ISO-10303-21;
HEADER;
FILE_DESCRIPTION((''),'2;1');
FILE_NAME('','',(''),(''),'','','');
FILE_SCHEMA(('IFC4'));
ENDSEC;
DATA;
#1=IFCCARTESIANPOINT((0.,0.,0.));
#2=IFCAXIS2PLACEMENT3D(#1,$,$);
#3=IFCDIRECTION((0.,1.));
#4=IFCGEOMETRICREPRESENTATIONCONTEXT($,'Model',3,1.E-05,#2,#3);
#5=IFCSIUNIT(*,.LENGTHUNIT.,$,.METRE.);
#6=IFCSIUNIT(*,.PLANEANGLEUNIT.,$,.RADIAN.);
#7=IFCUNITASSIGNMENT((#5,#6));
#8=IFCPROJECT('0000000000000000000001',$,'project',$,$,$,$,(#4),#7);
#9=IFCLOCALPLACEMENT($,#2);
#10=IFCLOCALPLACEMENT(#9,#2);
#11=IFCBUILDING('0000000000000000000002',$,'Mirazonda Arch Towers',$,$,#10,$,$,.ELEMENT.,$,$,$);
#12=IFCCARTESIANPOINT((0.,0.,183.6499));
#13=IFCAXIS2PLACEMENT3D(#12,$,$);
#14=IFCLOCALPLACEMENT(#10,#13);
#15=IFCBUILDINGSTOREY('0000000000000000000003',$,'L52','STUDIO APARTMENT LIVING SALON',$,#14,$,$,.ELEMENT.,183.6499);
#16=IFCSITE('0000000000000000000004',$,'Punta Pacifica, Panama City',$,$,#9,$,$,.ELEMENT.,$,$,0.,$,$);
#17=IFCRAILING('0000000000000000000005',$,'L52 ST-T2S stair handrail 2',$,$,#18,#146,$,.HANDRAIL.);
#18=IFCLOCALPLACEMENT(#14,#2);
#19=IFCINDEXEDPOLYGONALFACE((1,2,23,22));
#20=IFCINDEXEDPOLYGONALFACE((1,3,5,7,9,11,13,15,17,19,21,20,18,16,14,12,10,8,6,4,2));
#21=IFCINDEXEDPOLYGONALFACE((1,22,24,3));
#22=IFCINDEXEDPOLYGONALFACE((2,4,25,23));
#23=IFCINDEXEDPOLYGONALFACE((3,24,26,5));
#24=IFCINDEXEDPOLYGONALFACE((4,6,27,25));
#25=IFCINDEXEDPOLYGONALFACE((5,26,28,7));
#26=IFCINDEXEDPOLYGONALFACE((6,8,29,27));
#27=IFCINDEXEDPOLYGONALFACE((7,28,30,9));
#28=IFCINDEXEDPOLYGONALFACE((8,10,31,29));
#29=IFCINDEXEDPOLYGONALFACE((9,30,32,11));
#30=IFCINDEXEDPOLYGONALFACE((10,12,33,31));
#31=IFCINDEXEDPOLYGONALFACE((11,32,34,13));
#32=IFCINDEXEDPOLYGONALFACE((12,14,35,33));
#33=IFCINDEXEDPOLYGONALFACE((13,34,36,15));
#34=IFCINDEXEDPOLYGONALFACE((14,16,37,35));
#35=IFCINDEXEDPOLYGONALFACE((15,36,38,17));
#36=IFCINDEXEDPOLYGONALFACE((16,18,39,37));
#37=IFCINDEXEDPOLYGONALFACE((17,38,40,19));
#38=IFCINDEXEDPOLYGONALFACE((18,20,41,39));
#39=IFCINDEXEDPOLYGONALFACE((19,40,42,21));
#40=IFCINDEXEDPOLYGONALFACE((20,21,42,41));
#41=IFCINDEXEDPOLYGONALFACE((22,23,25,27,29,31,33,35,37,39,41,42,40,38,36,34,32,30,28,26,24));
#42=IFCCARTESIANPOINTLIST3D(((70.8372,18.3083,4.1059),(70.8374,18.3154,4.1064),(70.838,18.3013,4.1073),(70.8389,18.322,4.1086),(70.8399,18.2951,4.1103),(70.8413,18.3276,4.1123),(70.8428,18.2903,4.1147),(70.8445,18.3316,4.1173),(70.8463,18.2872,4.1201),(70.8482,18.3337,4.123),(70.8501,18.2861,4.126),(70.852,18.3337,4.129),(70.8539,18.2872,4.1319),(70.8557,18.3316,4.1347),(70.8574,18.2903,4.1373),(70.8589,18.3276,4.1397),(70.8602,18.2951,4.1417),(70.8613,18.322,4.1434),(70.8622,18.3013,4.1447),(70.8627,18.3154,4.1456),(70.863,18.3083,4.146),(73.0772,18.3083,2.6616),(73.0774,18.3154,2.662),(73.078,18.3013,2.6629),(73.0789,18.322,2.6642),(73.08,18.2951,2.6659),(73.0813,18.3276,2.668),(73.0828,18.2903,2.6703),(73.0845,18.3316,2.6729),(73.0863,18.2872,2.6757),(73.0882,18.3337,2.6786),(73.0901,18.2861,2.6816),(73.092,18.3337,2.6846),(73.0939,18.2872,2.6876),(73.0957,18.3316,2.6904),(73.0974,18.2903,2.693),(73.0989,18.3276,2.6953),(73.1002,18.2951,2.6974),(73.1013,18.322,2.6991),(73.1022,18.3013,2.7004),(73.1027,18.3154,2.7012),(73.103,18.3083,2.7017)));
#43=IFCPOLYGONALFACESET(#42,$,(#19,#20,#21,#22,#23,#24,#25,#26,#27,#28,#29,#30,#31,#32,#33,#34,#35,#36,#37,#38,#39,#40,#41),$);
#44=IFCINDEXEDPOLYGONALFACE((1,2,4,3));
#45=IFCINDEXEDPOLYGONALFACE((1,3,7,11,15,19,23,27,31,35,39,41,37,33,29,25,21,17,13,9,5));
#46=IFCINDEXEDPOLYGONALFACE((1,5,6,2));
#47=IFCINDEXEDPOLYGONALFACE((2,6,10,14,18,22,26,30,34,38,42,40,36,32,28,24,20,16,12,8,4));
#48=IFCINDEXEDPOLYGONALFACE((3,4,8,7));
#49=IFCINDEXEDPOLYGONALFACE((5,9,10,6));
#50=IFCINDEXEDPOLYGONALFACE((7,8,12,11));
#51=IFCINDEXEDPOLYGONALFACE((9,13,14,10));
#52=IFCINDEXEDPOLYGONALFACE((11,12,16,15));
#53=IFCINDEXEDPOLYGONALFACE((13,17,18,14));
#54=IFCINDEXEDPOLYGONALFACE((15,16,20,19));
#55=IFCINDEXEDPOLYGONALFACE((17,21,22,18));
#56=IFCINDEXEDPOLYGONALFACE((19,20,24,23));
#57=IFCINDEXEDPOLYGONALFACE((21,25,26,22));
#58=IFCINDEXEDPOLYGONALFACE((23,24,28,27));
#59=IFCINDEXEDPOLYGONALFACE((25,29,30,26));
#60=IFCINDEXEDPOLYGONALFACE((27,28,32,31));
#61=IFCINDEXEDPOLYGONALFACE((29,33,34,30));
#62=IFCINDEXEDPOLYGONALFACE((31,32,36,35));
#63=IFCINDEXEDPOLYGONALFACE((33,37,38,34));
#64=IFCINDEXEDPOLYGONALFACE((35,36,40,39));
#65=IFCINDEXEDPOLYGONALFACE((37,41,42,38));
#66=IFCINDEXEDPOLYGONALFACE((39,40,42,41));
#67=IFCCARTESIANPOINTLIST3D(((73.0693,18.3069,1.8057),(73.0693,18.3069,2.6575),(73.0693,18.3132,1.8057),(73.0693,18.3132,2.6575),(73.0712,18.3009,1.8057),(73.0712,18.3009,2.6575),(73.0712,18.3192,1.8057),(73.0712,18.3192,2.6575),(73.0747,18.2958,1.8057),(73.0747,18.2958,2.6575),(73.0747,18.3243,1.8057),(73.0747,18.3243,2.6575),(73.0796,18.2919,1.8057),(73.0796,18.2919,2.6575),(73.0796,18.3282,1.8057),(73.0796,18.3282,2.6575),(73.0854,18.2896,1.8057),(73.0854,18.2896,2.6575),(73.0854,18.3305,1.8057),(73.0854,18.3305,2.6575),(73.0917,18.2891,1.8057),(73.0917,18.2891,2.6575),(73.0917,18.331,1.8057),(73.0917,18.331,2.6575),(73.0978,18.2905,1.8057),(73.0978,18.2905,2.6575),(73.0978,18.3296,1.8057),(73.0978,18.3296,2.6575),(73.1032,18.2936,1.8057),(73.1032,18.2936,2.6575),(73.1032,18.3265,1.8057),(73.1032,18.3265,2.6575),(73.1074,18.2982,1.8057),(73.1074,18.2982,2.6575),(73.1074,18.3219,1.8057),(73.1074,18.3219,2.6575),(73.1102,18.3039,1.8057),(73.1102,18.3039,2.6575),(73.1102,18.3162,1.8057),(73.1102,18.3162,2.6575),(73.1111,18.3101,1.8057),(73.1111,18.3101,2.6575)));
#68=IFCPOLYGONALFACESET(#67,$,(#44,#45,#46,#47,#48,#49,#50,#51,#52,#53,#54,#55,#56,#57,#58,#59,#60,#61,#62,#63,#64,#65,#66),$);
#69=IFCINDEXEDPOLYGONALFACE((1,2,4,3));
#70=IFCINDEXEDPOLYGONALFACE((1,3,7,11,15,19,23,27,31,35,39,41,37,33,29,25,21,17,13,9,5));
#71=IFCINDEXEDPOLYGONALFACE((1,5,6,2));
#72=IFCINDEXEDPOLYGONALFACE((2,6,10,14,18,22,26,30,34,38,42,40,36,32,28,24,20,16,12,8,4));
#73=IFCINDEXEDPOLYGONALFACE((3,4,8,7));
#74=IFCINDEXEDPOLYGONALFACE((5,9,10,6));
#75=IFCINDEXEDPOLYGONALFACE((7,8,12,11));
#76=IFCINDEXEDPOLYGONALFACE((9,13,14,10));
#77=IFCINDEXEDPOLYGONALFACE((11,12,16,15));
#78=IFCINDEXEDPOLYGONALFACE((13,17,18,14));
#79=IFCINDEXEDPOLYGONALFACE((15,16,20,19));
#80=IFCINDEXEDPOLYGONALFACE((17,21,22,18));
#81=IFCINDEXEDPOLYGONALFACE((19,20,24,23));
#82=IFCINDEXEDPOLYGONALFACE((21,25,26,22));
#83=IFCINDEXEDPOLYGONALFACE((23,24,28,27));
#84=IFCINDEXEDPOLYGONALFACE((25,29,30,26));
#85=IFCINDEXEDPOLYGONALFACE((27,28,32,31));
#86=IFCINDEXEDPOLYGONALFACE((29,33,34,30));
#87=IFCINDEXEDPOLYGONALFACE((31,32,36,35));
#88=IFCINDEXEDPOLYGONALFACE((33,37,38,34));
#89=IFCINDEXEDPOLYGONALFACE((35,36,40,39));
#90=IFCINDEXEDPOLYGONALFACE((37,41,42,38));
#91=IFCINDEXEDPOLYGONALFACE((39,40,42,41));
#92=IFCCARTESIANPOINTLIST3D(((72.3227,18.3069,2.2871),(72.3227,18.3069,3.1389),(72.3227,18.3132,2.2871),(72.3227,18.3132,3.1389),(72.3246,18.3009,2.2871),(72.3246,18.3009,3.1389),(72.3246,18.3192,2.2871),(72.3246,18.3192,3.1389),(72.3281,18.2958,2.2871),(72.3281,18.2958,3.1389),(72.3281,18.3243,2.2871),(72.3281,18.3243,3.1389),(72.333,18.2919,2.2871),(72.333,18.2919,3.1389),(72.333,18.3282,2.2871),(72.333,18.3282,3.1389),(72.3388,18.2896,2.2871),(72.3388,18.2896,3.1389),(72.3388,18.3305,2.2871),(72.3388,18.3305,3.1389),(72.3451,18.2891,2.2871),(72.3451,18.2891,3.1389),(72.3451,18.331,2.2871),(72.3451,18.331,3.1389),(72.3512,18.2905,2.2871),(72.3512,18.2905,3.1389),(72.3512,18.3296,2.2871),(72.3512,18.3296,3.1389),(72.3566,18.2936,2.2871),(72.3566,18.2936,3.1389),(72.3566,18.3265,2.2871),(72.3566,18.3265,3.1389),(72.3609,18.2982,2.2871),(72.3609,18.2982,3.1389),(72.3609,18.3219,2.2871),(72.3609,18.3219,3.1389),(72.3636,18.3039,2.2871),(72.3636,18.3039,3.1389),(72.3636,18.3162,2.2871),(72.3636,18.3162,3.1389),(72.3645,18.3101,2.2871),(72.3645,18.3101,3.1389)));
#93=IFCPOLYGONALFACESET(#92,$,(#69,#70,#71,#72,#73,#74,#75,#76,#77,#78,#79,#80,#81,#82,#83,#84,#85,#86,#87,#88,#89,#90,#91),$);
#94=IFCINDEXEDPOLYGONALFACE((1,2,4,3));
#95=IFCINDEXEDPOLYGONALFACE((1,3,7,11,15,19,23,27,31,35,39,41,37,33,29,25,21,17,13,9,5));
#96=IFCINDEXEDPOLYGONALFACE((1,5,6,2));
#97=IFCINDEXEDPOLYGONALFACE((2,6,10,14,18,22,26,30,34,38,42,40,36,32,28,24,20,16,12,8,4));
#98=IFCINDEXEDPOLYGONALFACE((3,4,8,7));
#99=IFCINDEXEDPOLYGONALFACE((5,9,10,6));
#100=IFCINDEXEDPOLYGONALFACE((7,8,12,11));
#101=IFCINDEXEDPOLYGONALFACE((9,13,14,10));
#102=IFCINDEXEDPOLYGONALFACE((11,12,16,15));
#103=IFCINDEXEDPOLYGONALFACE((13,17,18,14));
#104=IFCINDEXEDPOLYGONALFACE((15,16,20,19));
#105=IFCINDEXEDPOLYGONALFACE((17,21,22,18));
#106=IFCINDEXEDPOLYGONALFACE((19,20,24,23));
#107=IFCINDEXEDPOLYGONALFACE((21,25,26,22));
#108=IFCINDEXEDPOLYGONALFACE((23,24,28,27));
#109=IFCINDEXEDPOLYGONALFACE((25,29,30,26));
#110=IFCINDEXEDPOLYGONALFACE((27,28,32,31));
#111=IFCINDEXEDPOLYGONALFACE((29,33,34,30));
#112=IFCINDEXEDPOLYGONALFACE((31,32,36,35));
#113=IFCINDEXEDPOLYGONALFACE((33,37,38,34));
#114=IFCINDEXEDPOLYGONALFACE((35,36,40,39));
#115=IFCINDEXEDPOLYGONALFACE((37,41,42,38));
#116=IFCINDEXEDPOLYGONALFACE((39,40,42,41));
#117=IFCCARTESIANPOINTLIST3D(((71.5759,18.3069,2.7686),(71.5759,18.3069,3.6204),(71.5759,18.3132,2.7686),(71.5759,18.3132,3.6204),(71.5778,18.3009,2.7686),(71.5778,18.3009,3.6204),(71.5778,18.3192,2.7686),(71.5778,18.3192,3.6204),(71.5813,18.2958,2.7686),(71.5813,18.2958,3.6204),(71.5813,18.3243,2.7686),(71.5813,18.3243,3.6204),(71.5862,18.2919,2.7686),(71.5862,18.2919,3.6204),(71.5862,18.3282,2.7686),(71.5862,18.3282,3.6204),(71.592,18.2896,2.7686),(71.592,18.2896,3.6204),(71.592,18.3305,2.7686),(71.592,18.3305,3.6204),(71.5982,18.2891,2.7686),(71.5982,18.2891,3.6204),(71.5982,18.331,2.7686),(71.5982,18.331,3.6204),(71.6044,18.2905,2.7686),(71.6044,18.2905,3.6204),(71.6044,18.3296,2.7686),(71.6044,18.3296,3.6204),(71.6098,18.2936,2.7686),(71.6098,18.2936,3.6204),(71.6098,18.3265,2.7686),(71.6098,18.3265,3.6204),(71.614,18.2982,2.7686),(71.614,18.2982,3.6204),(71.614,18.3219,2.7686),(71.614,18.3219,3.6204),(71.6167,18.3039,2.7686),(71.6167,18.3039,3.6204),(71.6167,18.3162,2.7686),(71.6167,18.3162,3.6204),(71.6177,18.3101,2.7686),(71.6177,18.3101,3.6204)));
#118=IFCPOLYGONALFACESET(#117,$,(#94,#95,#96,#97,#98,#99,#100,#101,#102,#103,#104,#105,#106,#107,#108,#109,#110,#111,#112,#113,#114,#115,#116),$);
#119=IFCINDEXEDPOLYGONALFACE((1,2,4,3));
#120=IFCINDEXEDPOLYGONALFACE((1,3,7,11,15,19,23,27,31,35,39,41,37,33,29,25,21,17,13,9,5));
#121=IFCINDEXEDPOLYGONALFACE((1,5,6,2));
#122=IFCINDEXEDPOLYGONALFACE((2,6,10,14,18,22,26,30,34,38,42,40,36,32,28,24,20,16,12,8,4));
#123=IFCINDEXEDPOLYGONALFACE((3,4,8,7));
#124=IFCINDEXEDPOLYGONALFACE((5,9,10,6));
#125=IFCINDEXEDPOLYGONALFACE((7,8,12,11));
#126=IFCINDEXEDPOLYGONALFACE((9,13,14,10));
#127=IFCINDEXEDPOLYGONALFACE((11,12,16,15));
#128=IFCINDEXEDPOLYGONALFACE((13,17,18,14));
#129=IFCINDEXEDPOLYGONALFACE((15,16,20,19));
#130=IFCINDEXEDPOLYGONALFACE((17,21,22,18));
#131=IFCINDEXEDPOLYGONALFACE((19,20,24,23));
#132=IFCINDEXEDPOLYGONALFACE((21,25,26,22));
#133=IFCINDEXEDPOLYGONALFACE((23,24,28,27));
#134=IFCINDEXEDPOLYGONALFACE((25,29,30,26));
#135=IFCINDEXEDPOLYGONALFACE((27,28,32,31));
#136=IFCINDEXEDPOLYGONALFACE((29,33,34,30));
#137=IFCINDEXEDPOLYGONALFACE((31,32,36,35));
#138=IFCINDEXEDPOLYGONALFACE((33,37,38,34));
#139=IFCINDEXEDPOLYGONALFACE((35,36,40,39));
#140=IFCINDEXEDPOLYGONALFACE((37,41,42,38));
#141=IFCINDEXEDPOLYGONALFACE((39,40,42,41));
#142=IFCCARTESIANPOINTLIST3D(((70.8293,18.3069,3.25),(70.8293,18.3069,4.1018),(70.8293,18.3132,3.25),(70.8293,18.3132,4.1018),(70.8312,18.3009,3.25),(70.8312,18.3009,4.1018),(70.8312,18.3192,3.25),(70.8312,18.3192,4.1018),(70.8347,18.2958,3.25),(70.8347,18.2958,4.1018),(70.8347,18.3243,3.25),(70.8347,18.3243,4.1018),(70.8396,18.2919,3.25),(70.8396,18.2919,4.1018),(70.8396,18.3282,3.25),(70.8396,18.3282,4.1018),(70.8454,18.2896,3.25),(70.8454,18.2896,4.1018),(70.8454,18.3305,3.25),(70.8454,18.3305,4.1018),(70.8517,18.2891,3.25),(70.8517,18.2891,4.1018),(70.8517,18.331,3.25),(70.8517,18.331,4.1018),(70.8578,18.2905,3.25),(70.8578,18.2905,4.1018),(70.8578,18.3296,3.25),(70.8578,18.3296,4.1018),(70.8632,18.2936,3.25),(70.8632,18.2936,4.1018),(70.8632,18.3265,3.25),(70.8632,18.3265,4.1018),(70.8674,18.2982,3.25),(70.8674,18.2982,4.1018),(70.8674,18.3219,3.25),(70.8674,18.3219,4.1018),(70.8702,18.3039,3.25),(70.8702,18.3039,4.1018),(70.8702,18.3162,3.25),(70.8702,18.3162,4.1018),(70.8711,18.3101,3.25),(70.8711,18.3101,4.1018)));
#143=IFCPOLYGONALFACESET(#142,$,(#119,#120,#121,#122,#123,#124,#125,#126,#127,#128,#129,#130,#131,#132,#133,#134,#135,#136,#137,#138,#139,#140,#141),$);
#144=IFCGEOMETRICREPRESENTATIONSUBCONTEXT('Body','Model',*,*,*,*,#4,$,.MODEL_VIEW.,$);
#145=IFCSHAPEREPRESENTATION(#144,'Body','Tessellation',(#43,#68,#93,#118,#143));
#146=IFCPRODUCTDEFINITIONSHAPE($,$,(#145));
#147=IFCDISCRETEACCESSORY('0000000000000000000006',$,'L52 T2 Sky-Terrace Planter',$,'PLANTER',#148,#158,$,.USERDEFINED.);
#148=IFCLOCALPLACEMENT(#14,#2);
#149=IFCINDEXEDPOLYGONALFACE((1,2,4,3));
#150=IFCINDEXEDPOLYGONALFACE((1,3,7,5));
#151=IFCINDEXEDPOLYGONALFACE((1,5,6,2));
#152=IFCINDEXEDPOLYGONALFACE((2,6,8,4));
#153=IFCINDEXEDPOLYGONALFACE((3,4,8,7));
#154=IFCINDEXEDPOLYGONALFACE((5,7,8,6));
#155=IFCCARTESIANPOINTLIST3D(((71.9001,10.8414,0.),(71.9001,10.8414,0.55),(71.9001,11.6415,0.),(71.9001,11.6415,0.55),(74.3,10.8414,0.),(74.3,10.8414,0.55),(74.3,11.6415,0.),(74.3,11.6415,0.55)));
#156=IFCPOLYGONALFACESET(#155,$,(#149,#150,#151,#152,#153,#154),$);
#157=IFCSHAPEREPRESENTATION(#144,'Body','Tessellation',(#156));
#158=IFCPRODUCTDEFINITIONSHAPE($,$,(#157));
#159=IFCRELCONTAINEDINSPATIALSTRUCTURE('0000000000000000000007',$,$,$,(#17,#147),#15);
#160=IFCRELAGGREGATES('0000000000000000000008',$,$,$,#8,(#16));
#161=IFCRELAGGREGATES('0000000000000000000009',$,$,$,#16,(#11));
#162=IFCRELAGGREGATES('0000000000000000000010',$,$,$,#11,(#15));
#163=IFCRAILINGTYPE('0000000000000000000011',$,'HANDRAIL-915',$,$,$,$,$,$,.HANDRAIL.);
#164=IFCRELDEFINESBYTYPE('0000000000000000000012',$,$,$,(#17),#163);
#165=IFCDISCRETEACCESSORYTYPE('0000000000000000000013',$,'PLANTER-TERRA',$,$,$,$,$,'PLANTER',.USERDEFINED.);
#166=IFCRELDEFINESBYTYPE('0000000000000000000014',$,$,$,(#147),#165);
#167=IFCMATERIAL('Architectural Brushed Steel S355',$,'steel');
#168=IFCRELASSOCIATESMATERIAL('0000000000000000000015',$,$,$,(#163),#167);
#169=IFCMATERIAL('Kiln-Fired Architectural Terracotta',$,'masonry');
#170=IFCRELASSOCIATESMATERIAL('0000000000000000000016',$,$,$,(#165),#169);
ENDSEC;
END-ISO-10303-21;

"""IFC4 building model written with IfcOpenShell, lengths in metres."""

from ifc_helpers import new_model, si_unit, direction, frame, origin, origin_2d, place, context, subcontext, project, spatial, rectangle, circle, extrude, material, type_object, element, save


model = new_model("IFC4")

# Units and contexts
model_context = context("Model", 3, precision=1e-05, world=origin(), true_north=direction((0.0, 1.0)))
body_context = subcontext(model_context, "Body", "Model", "MODEL_VIEW")
ifc_project = project(units=[si_unit("LENGTHUNIT", "METRE"), si_unit("PLANEANGLEUNIT", "RADIAN")], contexts=[model_context])

# Site, building, storey
site_placement = place(None, origin())
site = spatial("IfcSite", under=ifc_project, at=site_placement, Name="Punta Pacifica, Panama City", CompositionType="ELEMENT", RefElevation=0.0)
building_placement = place(site_placement, origin())
building = spatial("IfcBuilding", under=site, at=building_placement, Name="Mirazonda Arch Towers", CompositionType="ELEMENT")
storey_placement = place(building_placement, frame((0.0, 0.0, 183.6499)))
storey = spatial("IfcBuildingStorey", under=building, at=storey_placement, Name="L52", Description="STUDIO APARTMENT LIVING SALON", CompositionType="ELEMENT", Elevation=183.6499)

# Shared definitions
ifc_material_1 = material(Name="Architectural Brushed Steel S355", Category="steel")

# Railing
railing_type_1 = type_object("IfcRailingType", Name="HANDRAIL-915", PredefinedType="HANDRAIL", material=ifc_material_1)
railing_1_placement = place(storey_placement, frame((73.0901, 18.3101, 1.8057)))
element("IfcRailing", 1, at=railing_1_placement, inside=storey, type_object=railing_type_1, Name="L52 ST-T2S stair handrail 2", PredefinedType="HANDRAIL", context=body_context, shape_type="SweptSolid", body=[
    extrude(circle(Radius=0.0239, at=origin_2d()), frame((0.0, 0.0, 0.876), z_axis=(-0.840437, 0.0, 0.54191), x_axis=(0.0, -1.0, 0.0)), (0.0, 0.0, 1.0), 2.6653),
    extrude(circle(Radius=0.021, at=origin_2d()), origin(), (0.0, 0.0, 1.0), 0.8518),
    extrude(circle(Radius=0.021, at=origin_2d()), frame((-0.7466, 0.0, 0.4814)), (0.0, 0.0, 1.0), 0.8518),
    extrude(circle(Radius=0.021, at=origin_2d()), frame((-1.4934, 0.0, 0.9629)), (0.0, 0.0, 1.0), 0.8518),
    extrude(circle(Radius=0.021, at=origin_2d()), frame((-2.24, 0.0, 1.4443)), (0.0, 0.0, 1.0), 0.8518),
])

# Discrete accessory
ifc_material_2 = material(Name="Kiln-Fired Architectural Terracotta", Category="masonry")
discrete_accessory_type = type_object("IfcDiscreteAccessoryType", Name="PLANTER-TERRA", ElementType="PLANTER", PredefinedType="USERDEFINED", material=ifc_material_2)
discrete_accessory_placement = place(storey_placement, frame((73.1001, 11.2415, 0.0), z_axis=(0.0, 0.0, 1.0), x_axis=(1.0, 0.0, 0.0)))
element("IfcDiscreteAccessory", 2, at=discrete_accessory_placement, inside=storey, type_object=discrete_accessory_type, Name="L52 T2 Sky-Terrace Planter", ObjectType="PLANTER", PredefinedType="USERDEFINED", context=body_context, shape_type="SweptSolid", body=[
    extrude(rectangle(XDim=2.3999, YDim=0.8, at=origin_2d()), origin(), (0.0, 0.0, 1.0), 0.55),
])

save(model, "model.ifc")
